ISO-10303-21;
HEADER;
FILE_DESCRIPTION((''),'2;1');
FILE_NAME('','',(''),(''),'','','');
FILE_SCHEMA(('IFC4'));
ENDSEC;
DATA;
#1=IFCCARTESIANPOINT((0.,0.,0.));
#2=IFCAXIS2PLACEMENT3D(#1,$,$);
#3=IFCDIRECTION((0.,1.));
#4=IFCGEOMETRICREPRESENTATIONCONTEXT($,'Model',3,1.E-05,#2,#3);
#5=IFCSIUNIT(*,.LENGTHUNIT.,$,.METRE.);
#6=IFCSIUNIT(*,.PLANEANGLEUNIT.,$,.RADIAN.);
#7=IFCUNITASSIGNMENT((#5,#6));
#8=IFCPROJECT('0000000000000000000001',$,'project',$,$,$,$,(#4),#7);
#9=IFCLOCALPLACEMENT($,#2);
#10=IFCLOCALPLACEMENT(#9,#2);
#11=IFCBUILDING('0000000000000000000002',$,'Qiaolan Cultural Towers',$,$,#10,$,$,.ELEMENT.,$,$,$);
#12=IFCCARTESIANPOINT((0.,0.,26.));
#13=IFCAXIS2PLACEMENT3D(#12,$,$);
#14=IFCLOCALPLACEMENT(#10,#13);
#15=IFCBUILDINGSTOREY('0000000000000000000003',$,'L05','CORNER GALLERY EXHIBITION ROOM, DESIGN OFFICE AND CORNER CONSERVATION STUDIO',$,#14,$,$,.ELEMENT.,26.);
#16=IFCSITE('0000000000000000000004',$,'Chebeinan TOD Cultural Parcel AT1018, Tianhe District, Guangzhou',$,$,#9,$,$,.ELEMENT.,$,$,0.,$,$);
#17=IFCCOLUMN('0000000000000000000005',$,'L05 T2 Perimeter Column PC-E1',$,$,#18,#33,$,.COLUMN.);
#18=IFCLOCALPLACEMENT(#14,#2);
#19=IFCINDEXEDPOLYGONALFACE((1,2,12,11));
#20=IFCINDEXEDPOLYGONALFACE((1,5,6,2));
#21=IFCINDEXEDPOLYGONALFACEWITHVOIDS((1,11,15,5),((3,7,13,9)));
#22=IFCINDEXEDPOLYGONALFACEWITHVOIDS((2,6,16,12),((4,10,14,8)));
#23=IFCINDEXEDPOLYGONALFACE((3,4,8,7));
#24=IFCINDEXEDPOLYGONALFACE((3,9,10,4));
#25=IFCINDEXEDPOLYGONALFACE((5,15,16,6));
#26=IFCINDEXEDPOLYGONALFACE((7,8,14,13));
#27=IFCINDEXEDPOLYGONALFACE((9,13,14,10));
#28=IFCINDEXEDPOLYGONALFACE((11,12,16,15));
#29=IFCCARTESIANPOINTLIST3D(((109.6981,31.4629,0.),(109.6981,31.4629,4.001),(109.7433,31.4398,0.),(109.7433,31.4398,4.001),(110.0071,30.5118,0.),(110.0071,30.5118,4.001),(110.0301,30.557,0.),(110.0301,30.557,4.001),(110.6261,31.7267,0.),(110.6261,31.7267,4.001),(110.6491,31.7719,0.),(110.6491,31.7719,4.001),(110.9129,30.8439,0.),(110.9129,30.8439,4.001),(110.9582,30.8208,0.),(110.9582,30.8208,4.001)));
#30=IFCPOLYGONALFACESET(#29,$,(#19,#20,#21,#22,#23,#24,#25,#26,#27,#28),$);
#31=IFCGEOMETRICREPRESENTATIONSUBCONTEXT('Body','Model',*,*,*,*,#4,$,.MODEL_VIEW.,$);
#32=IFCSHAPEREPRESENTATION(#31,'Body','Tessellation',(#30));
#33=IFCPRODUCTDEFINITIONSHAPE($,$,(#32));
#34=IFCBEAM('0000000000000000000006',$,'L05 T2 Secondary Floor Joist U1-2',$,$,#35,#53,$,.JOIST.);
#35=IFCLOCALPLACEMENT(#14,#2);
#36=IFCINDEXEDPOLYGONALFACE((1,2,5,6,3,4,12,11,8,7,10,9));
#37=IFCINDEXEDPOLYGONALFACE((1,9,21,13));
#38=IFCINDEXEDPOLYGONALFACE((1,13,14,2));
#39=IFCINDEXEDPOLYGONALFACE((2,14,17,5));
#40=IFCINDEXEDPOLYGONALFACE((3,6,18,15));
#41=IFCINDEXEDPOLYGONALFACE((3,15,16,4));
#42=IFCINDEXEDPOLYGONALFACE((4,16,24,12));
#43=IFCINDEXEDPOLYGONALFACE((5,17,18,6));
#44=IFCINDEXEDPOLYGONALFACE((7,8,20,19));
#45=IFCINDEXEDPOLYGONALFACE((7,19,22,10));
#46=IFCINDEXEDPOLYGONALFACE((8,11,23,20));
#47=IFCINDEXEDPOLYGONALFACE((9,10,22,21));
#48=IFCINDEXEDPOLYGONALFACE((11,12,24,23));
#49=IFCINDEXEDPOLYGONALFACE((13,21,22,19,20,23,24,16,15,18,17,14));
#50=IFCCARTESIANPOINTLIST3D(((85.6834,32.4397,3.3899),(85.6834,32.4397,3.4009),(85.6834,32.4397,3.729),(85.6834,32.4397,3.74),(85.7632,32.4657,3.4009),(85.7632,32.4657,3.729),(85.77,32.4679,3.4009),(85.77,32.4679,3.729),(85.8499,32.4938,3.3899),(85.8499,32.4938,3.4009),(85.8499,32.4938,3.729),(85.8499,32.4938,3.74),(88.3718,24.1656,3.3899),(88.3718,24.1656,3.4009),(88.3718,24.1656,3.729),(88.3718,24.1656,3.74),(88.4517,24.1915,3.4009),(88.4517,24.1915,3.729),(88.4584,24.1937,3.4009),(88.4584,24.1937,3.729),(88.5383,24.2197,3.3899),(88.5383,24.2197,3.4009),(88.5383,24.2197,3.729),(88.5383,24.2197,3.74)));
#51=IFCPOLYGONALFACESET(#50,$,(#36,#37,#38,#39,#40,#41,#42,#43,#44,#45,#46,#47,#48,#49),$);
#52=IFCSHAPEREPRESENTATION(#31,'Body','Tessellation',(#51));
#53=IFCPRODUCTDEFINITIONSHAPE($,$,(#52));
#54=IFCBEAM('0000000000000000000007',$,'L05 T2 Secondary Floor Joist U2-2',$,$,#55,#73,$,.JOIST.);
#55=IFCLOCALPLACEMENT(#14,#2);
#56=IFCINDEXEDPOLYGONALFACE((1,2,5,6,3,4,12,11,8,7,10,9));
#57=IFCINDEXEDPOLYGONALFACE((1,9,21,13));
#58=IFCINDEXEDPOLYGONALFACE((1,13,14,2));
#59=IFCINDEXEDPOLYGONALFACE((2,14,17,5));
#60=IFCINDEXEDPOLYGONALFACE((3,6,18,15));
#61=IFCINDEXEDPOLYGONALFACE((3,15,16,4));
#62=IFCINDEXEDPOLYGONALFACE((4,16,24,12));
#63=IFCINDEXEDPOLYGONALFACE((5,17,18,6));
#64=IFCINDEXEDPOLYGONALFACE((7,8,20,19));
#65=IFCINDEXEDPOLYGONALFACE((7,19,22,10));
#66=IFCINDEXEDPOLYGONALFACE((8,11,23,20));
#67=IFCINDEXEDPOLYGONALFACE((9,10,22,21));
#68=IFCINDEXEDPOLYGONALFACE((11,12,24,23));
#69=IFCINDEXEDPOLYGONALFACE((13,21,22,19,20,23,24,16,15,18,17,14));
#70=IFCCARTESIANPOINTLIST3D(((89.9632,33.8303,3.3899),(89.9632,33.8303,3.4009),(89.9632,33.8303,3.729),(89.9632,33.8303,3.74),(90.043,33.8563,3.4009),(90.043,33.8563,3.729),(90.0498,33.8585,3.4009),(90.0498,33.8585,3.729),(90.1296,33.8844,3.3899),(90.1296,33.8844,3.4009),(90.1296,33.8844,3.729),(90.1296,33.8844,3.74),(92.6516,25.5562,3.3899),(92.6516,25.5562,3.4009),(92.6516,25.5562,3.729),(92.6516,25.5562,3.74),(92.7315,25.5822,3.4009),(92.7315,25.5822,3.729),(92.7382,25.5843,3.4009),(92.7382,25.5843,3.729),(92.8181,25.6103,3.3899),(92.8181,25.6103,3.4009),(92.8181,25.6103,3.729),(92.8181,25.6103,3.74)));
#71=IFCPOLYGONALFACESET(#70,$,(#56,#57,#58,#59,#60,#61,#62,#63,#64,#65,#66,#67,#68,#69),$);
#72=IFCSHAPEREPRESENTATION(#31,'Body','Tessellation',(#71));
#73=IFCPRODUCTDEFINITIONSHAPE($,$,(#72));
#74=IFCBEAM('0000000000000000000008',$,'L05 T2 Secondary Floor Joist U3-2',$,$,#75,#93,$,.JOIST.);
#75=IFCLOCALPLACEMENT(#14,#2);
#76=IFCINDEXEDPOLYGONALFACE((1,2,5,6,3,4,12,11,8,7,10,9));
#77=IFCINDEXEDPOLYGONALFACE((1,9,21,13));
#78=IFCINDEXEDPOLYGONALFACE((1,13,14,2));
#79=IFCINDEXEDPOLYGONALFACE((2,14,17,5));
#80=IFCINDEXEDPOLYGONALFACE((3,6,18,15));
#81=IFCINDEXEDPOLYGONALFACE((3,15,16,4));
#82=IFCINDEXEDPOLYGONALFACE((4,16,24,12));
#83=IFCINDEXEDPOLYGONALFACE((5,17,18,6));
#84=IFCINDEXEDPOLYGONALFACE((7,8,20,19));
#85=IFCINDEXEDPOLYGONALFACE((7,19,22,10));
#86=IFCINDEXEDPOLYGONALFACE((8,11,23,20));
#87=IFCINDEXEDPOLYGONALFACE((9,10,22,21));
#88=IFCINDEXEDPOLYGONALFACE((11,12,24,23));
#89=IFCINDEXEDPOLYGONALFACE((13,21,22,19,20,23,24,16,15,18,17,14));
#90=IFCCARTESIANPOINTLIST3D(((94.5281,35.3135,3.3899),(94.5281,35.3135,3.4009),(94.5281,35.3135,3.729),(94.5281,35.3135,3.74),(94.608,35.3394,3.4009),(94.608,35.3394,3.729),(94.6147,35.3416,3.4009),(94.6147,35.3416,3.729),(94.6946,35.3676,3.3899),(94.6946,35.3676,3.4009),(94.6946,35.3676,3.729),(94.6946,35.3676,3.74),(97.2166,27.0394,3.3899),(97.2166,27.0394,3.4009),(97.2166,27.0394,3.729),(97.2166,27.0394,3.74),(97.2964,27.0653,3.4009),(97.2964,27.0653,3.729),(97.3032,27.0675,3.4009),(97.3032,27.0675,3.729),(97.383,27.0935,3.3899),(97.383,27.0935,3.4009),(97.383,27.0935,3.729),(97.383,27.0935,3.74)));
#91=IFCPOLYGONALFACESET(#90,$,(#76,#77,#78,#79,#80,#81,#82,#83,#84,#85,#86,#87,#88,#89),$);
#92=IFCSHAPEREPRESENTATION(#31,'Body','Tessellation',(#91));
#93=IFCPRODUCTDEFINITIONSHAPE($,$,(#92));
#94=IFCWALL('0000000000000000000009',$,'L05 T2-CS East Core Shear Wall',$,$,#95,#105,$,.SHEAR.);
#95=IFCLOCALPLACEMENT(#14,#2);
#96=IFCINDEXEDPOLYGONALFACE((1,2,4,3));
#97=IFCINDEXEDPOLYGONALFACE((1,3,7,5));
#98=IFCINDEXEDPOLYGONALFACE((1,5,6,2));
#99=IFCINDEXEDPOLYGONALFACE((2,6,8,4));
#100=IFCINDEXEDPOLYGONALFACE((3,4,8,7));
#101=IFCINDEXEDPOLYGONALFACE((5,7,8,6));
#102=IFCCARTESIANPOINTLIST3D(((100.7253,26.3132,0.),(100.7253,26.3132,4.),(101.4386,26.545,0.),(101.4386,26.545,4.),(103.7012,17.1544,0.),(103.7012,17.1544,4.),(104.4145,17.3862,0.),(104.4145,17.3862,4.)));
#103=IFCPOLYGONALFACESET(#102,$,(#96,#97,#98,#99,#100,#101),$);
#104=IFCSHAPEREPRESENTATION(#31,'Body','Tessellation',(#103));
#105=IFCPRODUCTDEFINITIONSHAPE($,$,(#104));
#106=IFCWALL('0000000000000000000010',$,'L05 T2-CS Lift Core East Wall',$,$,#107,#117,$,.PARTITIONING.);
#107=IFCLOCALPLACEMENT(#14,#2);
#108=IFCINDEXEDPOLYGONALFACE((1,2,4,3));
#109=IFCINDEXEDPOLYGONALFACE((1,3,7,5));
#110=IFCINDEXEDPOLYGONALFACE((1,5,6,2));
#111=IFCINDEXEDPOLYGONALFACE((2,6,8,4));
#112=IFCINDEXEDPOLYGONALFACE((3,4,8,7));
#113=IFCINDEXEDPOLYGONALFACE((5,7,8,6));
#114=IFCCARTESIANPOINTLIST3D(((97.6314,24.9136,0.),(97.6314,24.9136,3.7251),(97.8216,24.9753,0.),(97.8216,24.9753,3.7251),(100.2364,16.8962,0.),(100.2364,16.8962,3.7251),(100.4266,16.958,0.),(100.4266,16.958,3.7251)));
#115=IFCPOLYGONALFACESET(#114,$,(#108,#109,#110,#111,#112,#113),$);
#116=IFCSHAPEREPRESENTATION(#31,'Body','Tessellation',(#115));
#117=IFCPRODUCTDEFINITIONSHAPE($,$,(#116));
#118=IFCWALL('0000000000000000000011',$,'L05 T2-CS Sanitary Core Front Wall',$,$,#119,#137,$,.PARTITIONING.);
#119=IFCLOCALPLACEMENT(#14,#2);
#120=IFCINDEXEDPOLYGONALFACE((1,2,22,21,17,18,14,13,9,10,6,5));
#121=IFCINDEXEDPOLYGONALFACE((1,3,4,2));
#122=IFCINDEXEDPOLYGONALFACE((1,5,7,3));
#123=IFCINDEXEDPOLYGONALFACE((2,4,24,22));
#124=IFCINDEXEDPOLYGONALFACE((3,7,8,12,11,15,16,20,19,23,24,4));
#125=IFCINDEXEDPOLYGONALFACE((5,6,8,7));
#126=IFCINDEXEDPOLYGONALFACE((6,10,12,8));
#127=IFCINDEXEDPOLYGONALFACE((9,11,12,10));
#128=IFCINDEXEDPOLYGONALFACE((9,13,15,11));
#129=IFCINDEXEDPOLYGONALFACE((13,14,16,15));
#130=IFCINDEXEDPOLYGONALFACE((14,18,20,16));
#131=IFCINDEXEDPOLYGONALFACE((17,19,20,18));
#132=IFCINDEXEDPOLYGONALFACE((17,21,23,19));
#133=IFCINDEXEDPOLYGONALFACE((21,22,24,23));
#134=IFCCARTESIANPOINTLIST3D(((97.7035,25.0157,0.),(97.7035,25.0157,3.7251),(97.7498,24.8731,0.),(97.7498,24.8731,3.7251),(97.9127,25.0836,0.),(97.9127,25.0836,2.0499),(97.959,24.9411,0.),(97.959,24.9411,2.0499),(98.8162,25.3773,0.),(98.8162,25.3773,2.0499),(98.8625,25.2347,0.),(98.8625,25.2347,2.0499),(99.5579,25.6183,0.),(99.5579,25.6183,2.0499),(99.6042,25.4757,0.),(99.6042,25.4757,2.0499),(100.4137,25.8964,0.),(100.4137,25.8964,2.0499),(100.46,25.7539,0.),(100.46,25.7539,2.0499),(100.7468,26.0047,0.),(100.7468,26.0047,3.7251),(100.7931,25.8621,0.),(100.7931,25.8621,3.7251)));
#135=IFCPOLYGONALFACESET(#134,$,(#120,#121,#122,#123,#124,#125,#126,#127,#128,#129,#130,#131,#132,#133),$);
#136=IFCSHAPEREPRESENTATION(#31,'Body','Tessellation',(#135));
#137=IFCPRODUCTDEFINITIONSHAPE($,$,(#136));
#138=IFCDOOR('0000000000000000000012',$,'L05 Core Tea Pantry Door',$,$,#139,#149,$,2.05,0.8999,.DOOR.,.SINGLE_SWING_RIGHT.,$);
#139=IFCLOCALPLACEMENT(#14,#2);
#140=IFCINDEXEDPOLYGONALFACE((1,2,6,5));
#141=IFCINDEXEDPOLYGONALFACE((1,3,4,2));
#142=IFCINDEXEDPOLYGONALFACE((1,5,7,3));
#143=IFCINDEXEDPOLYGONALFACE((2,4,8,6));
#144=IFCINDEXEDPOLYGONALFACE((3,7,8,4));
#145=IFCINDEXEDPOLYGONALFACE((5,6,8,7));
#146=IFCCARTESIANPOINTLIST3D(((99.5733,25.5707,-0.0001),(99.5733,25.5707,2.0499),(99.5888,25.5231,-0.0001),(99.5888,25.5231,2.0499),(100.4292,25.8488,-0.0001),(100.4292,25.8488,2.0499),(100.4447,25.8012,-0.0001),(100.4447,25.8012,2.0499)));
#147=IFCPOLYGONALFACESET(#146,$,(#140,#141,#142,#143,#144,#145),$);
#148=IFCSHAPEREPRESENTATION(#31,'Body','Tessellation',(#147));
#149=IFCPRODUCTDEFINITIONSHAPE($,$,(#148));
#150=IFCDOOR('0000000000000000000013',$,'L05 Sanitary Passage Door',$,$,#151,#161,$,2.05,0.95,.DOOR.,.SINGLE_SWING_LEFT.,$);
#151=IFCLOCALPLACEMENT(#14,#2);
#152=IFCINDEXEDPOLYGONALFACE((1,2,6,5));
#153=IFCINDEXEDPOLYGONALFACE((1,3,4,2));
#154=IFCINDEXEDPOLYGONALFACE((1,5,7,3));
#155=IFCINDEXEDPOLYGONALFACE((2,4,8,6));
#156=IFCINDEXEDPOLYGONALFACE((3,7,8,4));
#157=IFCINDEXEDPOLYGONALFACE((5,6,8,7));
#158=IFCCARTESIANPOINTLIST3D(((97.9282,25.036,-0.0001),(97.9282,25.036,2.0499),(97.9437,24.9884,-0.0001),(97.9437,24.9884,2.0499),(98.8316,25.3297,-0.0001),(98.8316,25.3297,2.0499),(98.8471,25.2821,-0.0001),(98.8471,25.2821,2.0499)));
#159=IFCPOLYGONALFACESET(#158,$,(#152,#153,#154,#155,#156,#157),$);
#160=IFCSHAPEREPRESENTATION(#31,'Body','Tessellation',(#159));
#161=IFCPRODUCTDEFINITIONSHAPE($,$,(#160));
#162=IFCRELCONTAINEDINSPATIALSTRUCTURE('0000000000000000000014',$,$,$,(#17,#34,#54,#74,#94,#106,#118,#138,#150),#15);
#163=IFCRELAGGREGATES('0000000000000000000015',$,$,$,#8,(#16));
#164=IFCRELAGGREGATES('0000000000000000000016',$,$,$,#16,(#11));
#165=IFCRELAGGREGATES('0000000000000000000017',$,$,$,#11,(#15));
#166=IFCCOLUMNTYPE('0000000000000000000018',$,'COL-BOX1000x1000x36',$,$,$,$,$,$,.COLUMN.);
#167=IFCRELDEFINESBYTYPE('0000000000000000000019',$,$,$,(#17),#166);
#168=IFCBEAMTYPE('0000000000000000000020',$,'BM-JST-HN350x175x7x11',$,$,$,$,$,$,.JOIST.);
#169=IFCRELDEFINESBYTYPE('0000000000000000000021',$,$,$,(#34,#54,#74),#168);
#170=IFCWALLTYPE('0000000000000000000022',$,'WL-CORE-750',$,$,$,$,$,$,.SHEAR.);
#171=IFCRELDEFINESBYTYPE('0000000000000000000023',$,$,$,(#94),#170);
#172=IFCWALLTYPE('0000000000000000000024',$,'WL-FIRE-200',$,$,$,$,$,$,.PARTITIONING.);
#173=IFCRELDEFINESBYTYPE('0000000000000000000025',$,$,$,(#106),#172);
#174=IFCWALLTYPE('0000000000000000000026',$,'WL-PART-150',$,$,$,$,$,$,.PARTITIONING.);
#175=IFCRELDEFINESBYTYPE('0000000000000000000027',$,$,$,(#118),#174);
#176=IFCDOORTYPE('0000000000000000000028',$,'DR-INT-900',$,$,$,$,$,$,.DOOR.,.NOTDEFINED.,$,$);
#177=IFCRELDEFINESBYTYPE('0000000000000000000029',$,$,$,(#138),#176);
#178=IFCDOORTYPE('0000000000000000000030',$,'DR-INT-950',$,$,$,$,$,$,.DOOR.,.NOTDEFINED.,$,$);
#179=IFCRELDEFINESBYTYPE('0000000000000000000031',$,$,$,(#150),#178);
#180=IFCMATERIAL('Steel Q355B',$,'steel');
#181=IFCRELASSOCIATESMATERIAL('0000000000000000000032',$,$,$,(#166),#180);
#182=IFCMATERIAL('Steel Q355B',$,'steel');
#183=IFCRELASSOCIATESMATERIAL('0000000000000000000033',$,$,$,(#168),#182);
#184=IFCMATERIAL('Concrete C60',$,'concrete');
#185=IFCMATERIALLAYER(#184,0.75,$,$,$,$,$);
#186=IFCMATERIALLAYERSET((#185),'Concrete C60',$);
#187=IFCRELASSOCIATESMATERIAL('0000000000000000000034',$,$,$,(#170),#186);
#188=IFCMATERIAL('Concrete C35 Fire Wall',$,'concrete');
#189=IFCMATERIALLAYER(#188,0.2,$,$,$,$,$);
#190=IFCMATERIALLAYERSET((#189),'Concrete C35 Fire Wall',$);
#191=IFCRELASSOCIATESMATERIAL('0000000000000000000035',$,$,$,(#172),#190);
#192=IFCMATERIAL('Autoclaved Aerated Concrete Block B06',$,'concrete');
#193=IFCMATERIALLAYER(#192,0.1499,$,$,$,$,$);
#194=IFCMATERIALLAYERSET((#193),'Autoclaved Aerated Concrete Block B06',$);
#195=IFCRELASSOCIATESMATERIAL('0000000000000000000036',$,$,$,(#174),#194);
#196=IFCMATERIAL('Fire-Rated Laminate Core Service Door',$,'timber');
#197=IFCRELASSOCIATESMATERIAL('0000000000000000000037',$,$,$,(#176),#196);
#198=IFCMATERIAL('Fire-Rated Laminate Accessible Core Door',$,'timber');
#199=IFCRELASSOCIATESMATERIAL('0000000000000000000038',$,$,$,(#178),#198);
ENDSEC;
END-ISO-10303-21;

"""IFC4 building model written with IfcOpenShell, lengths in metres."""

from ifc_helpers import new_model, si_unit, direction, frame, frame_2d, origin, origin_2d, place, context, subcontext, project, spatial, rectangle, hollow_rectangle, i_section, extrude, material, layer, layer_set, material_profile, profile_set, type_object, element, fill, save


model = new_model("IFC4")

# Units and contexts
model_context = context("Model", 3, precision=1e-05, world=origin(), true_north=direction((0.0, 1.0)))
body_context = subcontext(model_context, "Body", "Model", "MODEL_VIEW")
ifc_project = project(units=[si_unit("LENGTHUNIT", "METRE"), si_unit("PLANEANGLEUNIT", "RADIAN")], contexts=[model_context])

# Site, building, storey
site_placement = place(None, origin())
site = spatial("IfcSite", under=ifc_project, at=site_placement, Name="Chebeinan TOD Cultural Parcel AT1018, Tianhe District, Guangzhou", CompositionType="ELEMENT", RefElevation=0.0)
building_placement = place(site_placement, origin())
building = spatial("IfcBuilding", under=site, at=building_placement, Name="Qiaolan Cultural Towers", CompositionType="ELEMENT")
storey_placement = place(building_placement, frame((0.0, 0.0, 26.0)))
storey = spatial("IfcBuildingStorey", under=building, at=storey_placement, Name="L05", Description="CORNER GALLERY EXHIBITION ROOM, DESIGN OFFICE AND CORNER CONSERVATION STUDIO", CompositionType="ELEMENT", Elevation=26.0)

# Column
ifc_material_1 = material(Name="Steel Q355B", Category="steel")
ifc_material_profile_1 = material_profile(ifc_material_1, hollow_rectangle(XDim=1.0, YDim=1.0, WallThickness=0.0359, at=origin_2d()), Name="BOX1000x1000x36")
ifc_profile_set_1 = profile_set([ifc_material_profile_1], Name="Steel Q355B")
column_type = type_object("IfcColumnType", Name="COL-BOX1000x1000x36", PredefinedType="COLUMN", material=ifc_profile_set_1)
column_placement = place(storey_placement, frame((110.3281, 31.1418, 0.0), z_axis=(0.0, 0.0, 1.0), x_axis=(0.951057, 0.309017, 0.0)))
element("IfcColumn", 1, at=column_placement, inside=storey, type_object=column_type, Name="L05 T2 Perimeter Column PC-E1", PredefinedType="COLUMN", context=body_context, shape_type="SweptSolid", body=[
    extrude(hollow_rectangle(XDim=1.0, YDim=1.0, WallThickness=0.0359, at=origin_2d()), origin(), (0.0, 0.0, 1.0), 4.001),
])

# Beams
ifc_material_2 = material(Name="Steel Q355B", Category="steel")
ifc_material_profile_2 = material_profile(ifc_material_2, i_section(OverallWidth=0.175, OverallDepth=0.3501, WebThickness=0.0071, FlangeThickness=0.011, at=origin_2d()), Name="HN350x175x7x11")
ifc_profile_set_2 = profile_set([ifc_material_profile_2], Name="Steel Q355B")
beam_type = type_object("IfcBeamType", Name="BM-JST-HN350x175x7x11", PredefinedType="JOIST", material=ifc_profile_set_2)
for number, where, z_axis, x_axis, name in (
    (2, (88.4551, 24.1926, 3.5649), (-0.309021, 0.951055, 0.0), (-0.951055, -0.309021, 0.0), "L05 T2 Secondary Floor Joist U1-2"),
    (3, (92.7349, 25.5833, 3.5649), (-0.309021, 0.951055, 0.0), (-0.951055, -0.309021, 0.0), "L05 T2 Secondary Floor Joist U2-2"),
    (4, (97.2998, 27.0664, 3.5649), (-0.309021, 0.951055, 0.0), (-0.951055, -0.309021, 0.0), "L05 T2 Secondary Floor Joist U3-2"),
):
    element("IfcBeam", number, at=place(storey_placement, frame(where, z_axis=z_axis, x_axis=x_axis)), inside=storey, type_object=beam_type, Name=name, PredefinedType="JOIST", context=body_context, shape_type="SweptSolid", body=[
        extrude(i_section(OverallWidth=0.175, OverallDepth=0.3501, WebThickness=0.0071, FlangeThickness=0.011, at=origin_2d()), origin(), (0.0, 0.0, 1.0), 8.7),
    ])

# Walls
ifc_material_3 = material(Name="Concrete C60", Category="concrete")
ifc_layer_1 = layer(ifc_material_3, 0.75)
ifc_layer_set_1 = layer_set([ifc_layer_1], Name="Concrete C60")
wall_type_1 = type_object("IfcWallType", Name="WL-CORE-750", PredefinedType="SHEAR", material=ifc_layer_set_1)
wall_1_placement = place(storey_placement, frame((101.082, 26.429, 0.0), z_axis=(0.0, 0.0, 1.0), x_axis=(0.309016, -0.951057, 0.0)))
element("IfcWall", 5, at=wall_1_placement, inside=storey, type_object=wall_type_1, Name="L05 T2-CS East Core Shear Wall", PredefinedType="SHEAR", context=body_context, shape_type="SweptSolid", body=[
    extrude(rectangle(XDim=9.6301, YDim=0.75, at=frame_2d((4.8149, 0.0))), origin(), (0.0, 0.0, 1.0), 4.0),
])
ifc_material_4 = material(Name="Concrete C35 Fire Wall", Category="concrete")
ifc_layer_2 = layer(ifc_material_4, 0.2)
ifc_layer_set_2 = layer_set([ifc_layer_2], Name="Concrete C35 Fire Wall")
wall_type_2 = type_object("IfcWallType", Name="WL-FIRE-200", PredefinedType="PARTITIONING", material=ifc_layer_set_2)
wall_2_placement = place(storey_placement, frame((97.7266, 24.9443, 0.0), z_axis=(0.0, 0.0, 1.0), x_axis=(0.309016, -0.951057, 0.0)))
element("IfcWall", 6, at=wall_2_placement, inside=storey, type_object=wall_type_2, Name="L05 T2-CS Lift Core East Wall", PredefinedType="PARTITIONING", context=body_context, shape_type="SweptSolid", body=[
    extrude(rectangle(XDim=8.4299, YDim=0.2, at=frame_2d((4.2148, 0.0))), origin(), (0.0, 0.0, 1.0), 3.7251),
])

# Wall, openings, doors
ifc_material_5 = material(Name="Autoclaved Aerated Concrete Block B06", Category="concrete")
ifc_layer_3 = layer(ifc_material_5, 0.1499)
ifc_layer_set_3 = layer_set([ifc_layer_3], Name="Autoclaved Aerated Concrete Block B06")
wall_type_3 = type_object("IfcWallType", Name="WL-PART-150", PredefinedType="PARTITIONING", material=ifc_layer_set_3)
wall_3_placement = place(storey_placement, frame((97.7266, 24.9443, 0.0), z_axis=(0.0, 0.0, 1.0), x_axis=(0.951037, 0.309077, 0.0)))
wall_3 = element("IfcWall", 7, at=wall_3_placement, inside=storey, type_object=wall_type_3, Name="L05 T2-CS Sanitary Core Front Wall", PredefinedType="PARTITIONING", context=body_context, shape_type="SweptSolid", body=[
    extrude(rectangle(XDim=3.2, YDim=0.1499, at=frame_2d((1.6001, 0.0))), origin(), (0.0, 0.0, 1.0), 3.7251),
])
opening_1_placement = place(wall_3_placement, frame((0.22, 0.0, 0.0)))
opening_1 = element("IfcOpeningElement", 8, at=opening_1_placement, cuts=wall_3, PredefinedType="OPENING", context=body_context, shape_type="SweptSolid", body=[
    extrude(rectangle(XDim=0.95, YDim=2.05, at=frame_2d((0.4751, 1.0249))), frame((0.0, 0.085, 0.0), z_axis=(0.0, -1.0, 0.0), x_axis=(1.0, 0.0, 0.0)), (0.0, 0.0, 1.0), 0.1699),
])
opening_2_placement = place(wall_3_placement, frame((1.95, 0.0, 0.0)))
opening_2 = element("IfcOpeningElement", 9, at=opening_2_placement, cuts=wall_3, PredefinedType="OPENING", context=body_context, shape_type="SweptSolid", body=[
    extrude(rectangle(XDim=0.8999, YDim=2.05, at=frame_2d((0.45, 1.0249))), frame((0.0, 0.085, 0.0), z_axis=(0.0, -1.0, 0.0), x_axis=(1.0, 0.0, 0.0)), (0.0, 0.0, 1.0), 0.1699),
])
ifc_material_6 = material(Name="Fire-Rated Laminate Core Service Door", Category="timber")
door_type_1 = type_object("IfcDoorType", Name="DR-INT-900", OperationType="NOTDEFINED", PredefinedType="DOOR", material=ifc_material_6)
door_1_placement = place(opening_2_placement, origin())
door_1 = element("IfcDoor", 10, at=door_1_placement, inside=storey, type_object=door_type_1, Name="L05 Core Tea Pantry Door", OperationType="SINGLE_SWING_RIGHT", OverallHeight=2.05, OverallWidth=0.8999, PredefinedType="DOOR", context=body_context, shape_type="SweptSolid", body=[
    extrude(rectangle(XDim=0.8999, YDim=2.05, at=frame_2d((0.45, 1.0249))), frame((0.0, 0.0249, 0.0), z_axis=(0.0, -1.0, 0.0), x_axis=(1.0, 0.0, 0.0)), (0.0, 0.0, 1.0), 0.05),
])
fill(opening_2, door_1)
ifc_material_7 = material(Name="Fire-Rated Laminate Accessible Core Door", Category="timber")
door_type_2 = type_object("IfcDoorType", Name="DR-INT-950", OperationType="NOTDEFINED", PredefinedType="DOOR", material=ifc_material_7)
door_2_placement = place(opening_1_placement, origin())
door_2 = element("IfcDoor", 11, at=door_2_placement, inside=storey, type_object=door_type_2, Name="L05 Sanitary Passage Door", OperationType="SINGLE_SWING_LEFT", OverallHeight=2.05, OverallWidth=0.95, PredefinedType="DOOR", context=body_context, shape_type="SweptSolid", body=[
    extrude(rectangle(XDim=0.95, YDim=2.05, at=frame_2d((0.4751, 1.0249))), frame((0.0, 0.0249, 0.0), z_axis=(0.0, -1.0, 0.0), x_axis=(1.0, 0.0, 0.0)), (0.0, 0.0, 1.0), 0.05),
])
fill(opening_1, door_2)

save(model, "model.ifc")
